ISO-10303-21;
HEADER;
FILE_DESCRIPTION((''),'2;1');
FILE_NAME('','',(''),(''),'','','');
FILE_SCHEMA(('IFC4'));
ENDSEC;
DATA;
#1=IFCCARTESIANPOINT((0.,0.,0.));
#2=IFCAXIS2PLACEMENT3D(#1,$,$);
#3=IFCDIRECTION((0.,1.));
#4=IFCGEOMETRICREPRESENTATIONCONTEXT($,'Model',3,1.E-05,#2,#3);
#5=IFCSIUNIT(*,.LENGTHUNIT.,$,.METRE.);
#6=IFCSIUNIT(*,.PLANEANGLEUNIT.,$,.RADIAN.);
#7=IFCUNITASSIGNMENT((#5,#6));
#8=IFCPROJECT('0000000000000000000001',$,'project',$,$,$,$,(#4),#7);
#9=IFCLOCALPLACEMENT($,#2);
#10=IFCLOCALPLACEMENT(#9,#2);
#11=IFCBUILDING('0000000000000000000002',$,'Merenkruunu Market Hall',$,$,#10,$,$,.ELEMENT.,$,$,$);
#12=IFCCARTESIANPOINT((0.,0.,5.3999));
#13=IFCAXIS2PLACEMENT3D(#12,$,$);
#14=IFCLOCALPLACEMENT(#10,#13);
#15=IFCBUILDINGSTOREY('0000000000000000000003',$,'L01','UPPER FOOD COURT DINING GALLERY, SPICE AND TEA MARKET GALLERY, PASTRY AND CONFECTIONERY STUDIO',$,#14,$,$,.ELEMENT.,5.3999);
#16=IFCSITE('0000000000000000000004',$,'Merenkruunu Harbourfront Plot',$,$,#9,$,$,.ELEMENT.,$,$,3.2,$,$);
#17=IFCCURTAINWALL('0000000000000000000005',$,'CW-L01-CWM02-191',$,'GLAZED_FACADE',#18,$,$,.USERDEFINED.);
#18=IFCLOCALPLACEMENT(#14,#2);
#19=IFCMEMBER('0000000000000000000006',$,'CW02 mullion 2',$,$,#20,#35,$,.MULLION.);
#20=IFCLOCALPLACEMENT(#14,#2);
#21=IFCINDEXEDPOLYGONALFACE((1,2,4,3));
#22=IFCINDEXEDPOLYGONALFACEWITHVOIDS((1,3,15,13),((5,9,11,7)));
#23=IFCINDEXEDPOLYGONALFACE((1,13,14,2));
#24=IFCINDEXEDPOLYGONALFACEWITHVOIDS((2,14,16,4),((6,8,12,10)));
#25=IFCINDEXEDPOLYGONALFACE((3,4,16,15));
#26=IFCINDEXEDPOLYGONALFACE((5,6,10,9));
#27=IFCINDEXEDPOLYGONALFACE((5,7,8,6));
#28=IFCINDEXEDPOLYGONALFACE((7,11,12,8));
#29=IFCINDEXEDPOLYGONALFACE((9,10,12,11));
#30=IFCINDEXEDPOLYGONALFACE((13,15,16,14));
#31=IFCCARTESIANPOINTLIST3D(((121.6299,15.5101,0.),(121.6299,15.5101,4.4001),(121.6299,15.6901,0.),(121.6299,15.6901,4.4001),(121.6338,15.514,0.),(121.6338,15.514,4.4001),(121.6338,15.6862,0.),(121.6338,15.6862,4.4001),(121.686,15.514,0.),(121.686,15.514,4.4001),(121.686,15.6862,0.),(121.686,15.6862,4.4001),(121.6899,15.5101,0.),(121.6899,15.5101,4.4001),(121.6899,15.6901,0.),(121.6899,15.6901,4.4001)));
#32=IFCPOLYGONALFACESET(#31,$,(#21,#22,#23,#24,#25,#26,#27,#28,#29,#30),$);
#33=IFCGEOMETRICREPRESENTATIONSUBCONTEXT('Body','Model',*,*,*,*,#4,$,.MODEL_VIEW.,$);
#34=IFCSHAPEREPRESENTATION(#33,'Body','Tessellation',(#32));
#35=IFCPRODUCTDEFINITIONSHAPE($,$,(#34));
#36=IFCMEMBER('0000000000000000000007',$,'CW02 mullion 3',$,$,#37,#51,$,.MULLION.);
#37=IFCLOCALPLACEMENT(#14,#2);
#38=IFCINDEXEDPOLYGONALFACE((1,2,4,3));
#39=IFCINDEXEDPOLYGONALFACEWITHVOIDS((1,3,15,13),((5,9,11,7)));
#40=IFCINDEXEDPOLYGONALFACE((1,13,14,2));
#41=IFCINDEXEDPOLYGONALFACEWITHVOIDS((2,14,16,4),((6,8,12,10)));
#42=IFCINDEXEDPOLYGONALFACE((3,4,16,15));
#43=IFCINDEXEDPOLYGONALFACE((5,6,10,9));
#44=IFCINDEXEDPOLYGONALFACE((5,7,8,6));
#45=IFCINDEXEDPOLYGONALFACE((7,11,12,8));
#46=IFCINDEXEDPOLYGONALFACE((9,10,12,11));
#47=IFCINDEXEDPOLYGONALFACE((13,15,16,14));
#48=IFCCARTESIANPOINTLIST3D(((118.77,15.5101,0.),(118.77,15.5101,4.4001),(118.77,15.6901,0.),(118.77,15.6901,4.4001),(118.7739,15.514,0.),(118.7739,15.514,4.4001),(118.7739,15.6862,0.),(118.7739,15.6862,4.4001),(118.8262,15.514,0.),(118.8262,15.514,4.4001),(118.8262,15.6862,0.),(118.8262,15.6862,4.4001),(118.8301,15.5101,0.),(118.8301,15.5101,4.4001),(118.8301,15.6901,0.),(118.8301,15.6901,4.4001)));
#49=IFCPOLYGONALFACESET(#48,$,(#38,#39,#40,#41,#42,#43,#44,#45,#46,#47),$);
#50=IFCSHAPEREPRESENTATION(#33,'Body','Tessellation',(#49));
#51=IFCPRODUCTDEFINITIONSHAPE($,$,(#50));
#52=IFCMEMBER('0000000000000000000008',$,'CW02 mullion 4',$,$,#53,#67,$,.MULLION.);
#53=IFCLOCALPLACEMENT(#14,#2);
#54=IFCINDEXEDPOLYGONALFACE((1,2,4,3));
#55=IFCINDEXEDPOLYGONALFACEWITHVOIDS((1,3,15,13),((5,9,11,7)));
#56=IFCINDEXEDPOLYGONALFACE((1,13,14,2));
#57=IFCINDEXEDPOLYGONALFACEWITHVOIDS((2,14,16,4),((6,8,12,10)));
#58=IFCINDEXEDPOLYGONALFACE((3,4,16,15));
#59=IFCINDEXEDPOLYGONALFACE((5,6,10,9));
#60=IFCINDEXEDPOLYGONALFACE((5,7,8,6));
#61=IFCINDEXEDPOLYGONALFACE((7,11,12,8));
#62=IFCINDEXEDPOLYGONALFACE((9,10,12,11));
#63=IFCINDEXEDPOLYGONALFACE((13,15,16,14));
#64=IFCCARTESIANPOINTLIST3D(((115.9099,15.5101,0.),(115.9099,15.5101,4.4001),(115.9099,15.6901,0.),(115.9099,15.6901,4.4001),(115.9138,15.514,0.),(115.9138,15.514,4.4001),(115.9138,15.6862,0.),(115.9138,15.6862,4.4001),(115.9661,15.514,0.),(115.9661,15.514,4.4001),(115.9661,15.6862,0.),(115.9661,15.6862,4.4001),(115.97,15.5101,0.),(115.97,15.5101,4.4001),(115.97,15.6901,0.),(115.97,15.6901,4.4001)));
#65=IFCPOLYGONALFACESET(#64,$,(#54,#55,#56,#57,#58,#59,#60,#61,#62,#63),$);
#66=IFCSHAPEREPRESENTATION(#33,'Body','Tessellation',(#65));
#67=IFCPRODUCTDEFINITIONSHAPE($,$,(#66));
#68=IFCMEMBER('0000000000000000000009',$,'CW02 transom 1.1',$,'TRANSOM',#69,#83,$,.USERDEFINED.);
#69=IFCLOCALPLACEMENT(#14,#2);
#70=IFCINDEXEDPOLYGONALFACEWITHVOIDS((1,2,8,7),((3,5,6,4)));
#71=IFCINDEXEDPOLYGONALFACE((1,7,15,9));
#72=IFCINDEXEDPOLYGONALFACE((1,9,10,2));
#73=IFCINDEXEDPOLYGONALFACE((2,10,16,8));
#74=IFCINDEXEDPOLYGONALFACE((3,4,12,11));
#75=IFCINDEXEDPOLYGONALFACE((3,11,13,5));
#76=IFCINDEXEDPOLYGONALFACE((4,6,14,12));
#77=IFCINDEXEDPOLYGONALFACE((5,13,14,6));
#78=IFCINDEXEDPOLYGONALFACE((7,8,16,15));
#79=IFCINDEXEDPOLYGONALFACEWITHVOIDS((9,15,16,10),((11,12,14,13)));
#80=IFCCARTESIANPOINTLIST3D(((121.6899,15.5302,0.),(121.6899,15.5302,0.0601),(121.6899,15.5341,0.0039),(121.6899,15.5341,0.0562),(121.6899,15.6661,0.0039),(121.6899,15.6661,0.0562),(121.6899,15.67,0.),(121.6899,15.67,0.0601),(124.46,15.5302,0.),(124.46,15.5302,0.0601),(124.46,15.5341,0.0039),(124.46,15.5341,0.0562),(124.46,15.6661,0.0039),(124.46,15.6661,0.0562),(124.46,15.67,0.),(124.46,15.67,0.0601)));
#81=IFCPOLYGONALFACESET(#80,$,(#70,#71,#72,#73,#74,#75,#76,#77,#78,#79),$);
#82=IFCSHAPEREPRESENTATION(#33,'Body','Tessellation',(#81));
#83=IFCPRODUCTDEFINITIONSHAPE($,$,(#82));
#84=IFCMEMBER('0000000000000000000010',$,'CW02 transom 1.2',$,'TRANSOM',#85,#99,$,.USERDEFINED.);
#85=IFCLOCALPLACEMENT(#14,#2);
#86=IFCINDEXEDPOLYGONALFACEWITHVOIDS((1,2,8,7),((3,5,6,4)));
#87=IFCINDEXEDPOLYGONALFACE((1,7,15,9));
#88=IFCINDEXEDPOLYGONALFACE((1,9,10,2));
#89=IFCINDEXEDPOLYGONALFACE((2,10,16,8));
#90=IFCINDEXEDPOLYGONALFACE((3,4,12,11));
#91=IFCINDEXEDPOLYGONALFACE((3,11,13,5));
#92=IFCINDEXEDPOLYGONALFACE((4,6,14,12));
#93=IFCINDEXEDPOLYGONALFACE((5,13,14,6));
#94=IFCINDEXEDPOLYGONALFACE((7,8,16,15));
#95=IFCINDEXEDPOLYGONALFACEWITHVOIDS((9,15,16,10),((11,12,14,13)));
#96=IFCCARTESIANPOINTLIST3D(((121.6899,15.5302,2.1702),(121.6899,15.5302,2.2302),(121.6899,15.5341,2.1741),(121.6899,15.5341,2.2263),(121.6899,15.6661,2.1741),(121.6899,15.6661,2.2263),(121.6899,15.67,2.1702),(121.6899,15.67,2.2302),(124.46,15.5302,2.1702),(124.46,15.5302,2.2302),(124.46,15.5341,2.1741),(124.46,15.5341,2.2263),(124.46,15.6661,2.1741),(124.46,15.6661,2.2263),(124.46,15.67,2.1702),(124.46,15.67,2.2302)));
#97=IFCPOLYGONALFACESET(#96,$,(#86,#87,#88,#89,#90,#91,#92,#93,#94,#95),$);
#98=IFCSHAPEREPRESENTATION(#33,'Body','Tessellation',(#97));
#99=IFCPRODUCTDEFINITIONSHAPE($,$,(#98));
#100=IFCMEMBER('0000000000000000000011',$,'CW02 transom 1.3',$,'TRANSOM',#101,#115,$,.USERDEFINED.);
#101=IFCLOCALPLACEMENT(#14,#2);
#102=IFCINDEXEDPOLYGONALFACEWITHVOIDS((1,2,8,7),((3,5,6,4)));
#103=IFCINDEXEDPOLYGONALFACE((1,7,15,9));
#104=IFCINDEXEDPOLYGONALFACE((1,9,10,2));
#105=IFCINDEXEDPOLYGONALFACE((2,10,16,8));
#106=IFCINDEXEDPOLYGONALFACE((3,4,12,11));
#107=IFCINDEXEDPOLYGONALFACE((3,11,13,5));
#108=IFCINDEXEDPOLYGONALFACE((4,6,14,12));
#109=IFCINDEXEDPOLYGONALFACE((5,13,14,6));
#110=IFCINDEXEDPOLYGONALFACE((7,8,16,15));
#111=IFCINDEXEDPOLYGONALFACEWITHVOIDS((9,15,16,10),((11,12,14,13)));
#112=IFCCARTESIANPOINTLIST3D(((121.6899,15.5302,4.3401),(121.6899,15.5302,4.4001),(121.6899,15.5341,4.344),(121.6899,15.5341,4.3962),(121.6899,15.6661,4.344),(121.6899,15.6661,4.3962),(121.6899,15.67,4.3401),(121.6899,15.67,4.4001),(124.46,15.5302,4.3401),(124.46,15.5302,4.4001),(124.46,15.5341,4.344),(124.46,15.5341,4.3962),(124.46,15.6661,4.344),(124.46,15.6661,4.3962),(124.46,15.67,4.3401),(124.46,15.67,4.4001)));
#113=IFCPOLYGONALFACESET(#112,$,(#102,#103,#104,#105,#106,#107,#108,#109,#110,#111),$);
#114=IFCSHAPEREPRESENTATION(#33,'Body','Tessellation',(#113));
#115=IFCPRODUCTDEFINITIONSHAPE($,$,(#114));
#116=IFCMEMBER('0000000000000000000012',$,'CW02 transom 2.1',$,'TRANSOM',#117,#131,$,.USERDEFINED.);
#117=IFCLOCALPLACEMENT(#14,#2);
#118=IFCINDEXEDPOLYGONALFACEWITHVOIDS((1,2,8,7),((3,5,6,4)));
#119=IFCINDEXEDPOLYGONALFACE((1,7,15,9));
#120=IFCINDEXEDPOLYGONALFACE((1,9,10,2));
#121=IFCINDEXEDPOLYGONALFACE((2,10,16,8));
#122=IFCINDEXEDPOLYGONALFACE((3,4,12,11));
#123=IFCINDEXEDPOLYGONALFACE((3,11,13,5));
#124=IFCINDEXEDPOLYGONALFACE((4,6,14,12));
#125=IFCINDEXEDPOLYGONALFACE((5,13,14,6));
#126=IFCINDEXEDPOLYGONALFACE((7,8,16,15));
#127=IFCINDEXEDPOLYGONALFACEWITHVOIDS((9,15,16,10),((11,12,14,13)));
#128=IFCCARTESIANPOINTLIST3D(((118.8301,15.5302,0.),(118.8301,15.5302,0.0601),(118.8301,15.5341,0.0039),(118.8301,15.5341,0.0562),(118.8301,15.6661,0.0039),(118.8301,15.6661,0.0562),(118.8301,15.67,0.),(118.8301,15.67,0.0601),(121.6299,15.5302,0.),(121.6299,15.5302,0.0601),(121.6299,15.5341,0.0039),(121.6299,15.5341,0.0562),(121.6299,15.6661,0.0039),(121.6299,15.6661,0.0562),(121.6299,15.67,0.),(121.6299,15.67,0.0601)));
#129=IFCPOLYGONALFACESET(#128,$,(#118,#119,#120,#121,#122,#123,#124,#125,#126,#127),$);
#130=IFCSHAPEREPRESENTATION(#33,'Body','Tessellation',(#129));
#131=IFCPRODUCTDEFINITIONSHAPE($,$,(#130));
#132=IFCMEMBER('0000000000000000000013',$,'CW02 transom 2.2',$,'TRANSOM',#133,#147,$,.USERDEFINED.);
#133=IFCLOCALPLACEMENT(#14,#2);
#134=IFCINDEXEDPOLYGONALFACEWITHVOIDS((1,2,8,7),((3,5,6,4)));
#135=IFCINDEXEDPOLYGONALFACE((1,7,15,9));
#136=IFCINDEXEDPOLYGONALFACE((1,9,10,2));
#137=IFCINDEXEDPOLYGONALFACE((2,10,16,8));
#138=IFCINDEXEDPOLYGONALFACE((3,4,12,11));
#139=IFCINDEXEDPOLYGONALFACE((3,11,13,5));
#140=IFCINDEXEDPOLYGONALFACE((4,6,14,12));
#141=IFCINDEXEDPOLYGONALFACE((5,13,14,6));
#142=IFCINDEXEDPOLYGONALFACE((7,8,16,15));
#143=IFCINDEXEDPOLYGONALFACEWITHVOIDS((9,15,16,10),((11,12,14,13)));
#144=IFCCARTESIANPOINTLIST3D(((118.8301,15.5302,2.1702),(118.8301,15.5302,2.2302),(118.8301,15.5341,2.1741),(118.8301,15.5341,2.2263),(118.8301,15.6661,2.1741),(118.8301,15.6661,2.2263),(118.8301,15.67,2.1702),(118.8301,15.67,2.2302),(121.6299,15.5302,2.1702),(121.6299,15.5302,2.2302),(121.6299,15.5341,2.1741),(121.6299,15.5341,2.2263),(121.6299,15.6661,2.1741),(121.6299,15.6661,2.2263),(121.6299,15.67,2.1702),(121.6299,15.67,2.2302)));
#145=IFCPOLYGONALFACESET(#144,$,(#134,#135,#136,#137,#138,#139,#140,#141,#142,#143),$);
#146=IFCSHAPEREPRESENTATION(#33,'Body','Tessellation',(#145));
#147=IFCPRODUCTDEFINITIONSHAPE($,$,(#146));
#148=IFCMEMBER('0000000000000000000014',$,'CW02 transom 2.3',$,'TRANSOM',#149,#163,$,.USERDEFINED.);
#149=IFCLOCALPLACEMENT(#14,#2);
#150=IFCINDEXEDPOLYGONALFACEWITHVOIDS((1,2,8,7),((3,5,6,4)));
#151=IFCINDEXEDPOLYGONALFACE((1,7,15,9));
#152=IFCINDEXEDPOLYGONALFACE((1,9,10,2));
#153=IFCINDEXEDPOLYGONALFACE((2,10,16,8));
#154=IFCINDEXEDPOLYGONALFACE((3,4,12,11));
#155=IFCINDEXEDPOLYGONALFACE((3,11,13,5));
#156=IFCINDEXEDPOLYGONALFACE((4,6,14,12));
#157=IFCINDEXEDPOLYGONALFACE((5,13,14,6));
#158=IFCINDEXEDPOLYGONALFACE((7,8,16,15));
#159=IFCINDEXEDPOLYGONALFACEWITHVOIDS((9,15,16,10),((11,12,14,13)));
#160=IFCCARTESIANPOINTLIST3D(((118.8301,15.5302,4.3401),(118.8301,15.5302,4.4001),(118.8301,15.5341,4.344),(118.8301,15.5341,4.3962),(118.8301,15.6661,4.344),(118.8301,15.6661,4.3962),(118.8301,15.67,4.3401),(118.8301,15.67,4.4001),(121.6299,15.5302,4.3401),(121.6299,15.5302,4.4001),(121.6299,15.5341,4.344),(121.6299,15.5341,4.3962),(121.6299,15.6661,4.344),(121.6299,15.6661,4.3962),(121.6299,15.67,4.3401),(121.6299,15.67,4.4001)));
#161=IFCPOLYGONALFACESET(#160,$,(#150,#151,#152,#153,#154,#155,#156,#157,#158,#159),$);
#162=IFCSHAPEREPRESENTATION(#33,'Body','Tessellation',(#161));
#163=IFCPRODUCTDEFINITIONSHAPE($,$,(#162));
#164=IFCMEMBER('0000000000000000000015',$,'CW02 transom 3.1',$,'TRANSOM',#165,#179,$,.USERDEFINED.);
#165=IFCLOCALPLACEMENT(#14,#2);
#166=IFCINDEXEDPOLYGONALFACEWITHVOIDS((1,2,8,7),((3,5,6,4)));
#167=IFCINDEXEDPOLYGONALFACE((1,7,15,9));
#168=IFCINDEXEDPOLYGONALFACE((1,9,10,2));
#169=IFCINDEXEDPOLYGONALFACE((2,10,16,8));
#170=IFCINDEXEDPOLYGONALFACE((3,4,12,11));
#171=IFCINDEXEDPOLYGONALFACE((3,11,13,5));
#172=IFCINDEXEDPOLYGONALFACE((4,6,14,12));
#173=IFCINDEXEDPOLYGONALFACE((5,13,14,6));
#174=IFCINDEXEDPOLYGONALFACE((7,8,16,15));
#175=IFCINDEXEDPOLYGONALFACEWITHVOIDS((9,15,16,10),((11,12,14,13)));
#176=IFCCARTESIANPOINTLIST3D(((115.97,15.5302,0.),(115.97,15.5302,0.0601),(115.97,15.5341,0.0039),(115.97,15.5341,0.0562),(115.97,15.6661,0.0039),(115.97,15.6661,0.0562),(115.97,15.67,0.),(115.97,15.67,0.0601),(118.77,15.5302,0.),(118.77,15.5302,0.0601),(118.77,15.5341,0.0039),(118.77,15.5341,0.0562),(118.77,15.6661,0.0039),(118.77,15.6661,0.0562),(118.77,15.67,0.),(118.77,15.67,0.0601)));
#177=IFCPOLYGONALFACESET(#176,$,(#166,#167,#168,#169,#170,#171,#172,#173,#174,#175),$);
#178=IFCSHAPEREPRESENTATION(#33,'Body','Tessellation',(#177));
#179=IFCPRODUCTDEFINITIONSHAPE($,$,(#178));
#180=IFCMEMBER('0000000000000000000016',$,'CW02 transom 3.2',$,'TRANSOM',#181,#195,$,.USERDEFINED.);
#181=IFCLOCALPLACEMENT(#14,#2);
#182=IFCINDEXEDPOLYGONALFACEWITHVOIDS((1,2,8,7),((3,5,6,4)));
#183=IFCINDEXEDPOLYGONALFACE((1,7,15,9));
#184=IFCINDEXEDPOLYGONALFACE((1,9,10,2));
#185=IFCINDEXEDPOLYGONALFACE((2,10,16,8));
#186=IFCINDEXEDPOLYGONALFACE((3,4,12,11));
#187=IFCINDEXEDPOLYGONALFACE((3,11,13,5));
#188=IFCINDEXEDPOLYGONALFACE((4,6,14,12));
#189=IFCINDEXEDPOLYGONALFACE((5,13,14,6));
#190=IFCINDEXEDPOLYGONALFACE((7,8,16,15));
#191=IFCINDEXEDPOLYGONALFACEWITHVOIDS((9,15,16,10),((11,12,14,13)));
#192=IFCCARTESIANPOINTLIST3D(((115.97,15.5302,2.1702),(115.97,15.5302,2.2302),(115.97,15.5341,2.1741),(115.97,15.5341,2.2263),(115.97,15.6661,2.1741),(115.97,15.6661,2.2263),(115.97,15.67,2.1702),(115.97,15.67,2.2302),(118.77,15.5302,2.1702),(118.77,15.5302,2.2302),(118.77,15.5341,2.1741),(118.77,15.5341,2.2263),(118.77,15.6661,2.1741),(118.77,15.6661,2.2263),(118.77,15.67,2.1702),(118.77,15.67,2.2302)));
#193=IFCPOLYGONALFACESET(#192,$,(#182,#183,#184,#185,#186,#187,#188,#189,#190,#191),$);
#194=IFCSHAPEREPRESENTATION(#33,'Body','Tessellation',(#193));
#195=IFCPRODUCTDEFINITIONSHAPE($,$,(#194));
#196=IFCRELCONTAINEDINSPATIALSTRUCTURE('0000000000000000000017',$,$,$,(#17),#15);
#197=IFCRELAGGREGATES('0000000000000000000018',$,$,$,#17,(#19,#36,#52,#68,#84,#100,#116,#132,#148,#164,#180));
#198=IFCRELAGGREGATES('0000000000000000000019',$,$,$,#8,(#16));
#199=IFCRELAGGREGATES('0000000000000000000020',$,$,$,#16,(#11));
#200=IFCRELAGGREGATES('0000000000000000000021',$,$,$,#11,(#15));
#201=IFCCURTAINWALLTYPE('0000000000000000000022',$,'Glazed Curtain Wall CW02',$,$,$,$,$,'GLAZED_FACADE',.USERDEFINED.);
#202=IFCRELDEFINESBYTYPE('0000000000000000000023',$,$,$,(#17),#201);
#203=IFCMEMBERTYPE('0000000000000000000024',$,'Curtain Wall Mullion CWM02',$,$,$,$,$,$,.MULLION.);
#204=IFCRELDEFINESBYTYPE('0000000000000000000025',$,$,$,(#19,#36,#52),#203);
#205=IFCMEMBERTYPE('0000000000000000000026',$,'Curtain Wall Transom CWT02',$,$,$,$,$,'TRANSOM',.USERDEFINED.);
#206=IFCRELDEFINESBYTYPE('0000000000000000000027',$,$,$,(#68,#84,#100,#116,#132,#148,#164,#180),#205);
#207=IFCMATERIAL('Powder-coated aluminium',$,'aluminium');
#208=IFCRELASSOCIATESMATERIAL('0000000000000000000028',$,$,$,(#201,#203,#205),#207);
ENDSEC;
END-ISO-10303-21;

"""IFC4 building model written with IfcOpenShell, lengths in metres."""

from ifc_helpers import new_model, si_unit, direction, frame, origin, origin_2d, place, context, subcontext, project, spatial, hollow_rectangle, extrude, material, material_profile, profile_set, type_object, element, aggregate, save


model = new_model("IFC4")

# Units and contexts
model_context = context("Model", 3, precision=1e-05, world=origin(), true_north=direction((0.0, 1.0)))
body_context = subcontext(model_context, "Body", "Model", "MODEL_VIEW")
ifc_project = project(units=[si_unit("LENGTHUNIT", "METRE"), si_unit("PLANEANGLEUNIT", "RADIAN")], contexts=[model_context])

# Site, building, storey
site_placement = place(None, origin())
site = spatial("IfcSite", under=ifc_project, at=site_placement, Name="Merenkruunu Harbourfront Plot", CompositionType="ELEMENT", RefElevation=3.2)
building_placement = place(site_placement, origin())
building = spatial("IfcBuilding", under=site, at=building_placement, Name="Merenkruunu Market Hall", CompositionType="ELEMENT")
storey_placement = place(building_placement, frame((0.0, 0.0, 5.3999)))
storey = spatial("IfcBuildingStorey", under=building, at=storey_placement, Name="L01", Description="UPPER FOOD COURT DINING GALLERY, SPICE AND TEA MARKET GALLERY, PASTRY AND CONFECTIONERY STUDIO", CompositionType="ELEMENT", Elevation=5.3999)

# Curtain wall, members
ifc_material_1 = material(Name="Powder-coated aluminium", Category="aluminium")
curtain_wall_type = type_object("IfcCurtainWallType", Name="Glazed Curtain Wall CW02", ElementType="GLAZED_FACADE", PredefinedType="USERDEFINED", material=ifc_material_1)
curtain_wall_placement = place(storey_placement, origin())
curtain_wall = element("IfcCurtainWall", 1, at=curtain_wall_placement, inside=storey, type_object=curtain_wall_type, Name="CW-L01-CWM02-191", ObjectType="GLAZED_FACADE", PredefinedType="USERDEFINED")
ifc_material_profile_1 = material_profile(ifc_material_1, hollow_rectangle(XDim=0.0601, YDim=0.1799, WallThickness=0.0039, at=origin_2d()), Name="ALU 60x180x4")
ifc_profile_set_1 = profile_set([ifc_material_profile_1], Name="Powder-coated aluminium")
member_type_1 = type_object("IfcMemberType", Name="Curtain Wall Mullion CWM02", PredefinedType="MULLION", material=ifc_profile_set_1)
member_1_placement = place(storey_placement, frame((121.6599, 15.6001, 0.0), z_axis=(0.0, 0.0, 1.0), x_axis=(-1.0, 0.0, 0.0)))
member_1 = element("IfcMember", 2, at=member_1_placement, type_object=member_type_1, Name="CW02 mullion 2", PredefinedType="MULLION", context=body_context, shape_type="SweptSolid", body=[
    extrude(hollow_rectangle(XDim=0.0601, YDim=0.1799, WallThickness=0.0039, at=origin_2d()), origin(), (0.0, 0.0, 1.0), 4.4001),
])
member_2_placement = place(storey_placement, frame((118.8, 15.6001, 0.0), z_axis=(0.0, 0.0, 1.0), x_axis=(-1.0, 0.0, 0.0)))
member_2 = element("IfcMember", 3, at=member_2_placement, type_object=member_type_1, Name="CW02 mullion 3", PredefinedType="MULLION", context=body_context, shape_type="SweptSolid", body=[
    extrude(hollow_rectangle(XDim=0.0601, YDim=0.1799, WallThickness=0.0039, at=origin_2d()), origin(), (0.0, 0.0, 1.0), 4.4001),
])
member_3_placement = place(storey_placement, frame((115.9399, 15.6001, 0.0), z_axis=(0.0, 0.0, 1.0), x_axis=(-1.0, 0.0, 0.0)))
member_3 = element("IfcMember", 4, at=member_3_placement, type_object=member_type_1, Name="CW02 mullion 4", PredefinedType="MULLION", context=body_context, shape_type="SweptSolid", body=[
    extrude(hollow_rectangle(XDim=0.0601, YDim=0.1799, WallThickness=0.0039, at=origin_2d()), origin(), (0.0, 0.0, 1.0), 4.4001),
])
ifc_material_profile_2 = material_profile(ifc_material_1, hollow_rectangle(XDim=0.0601, YDim=0.1399, WallThickness=0.0039, at=origin_2d()), Name="ALU 60x140x4")
ifc_profile_set_2 = profile_set([ifc_material_profile_2], Name="Powder-coated aluminium")
member_type_2 = type_object("IfcMemberType", Name="Curtain Wall Transom CWT02", ElementType="TRANSOM", PredefinedType="USERDEFINED", material=ifc_profile_set_2)
member_4_placement = place(storey_placement, frame((124.46, 15.6001, 0.03), z_axis=(-1.0, 0.0, 0.0), x_axis=(0.0, 0.0, 1.0)))
member_4 = element("IfcMember", 5, at=member_4_placement, type_object=member_type_2, Name="CW02 transom 1.1", ObjectType="TRANSOM", PredefinedType="USERDEFINED", context=body_context, shape_type="SweptSolid", body=[
    extrude(hollow_rectangle(XDim=0.0601, YDim=0.1399, WallThickness=0.0039, at=origin_2d()), origin(), (0.0, 0.0, 1.0), 2.77),
])
member_5_placement = place(storey_placement, frame((124.46, 15.6001, 2.2002), z_axis=(-1.0, 0.0, 0.0), x_axis=(0.0, 0.0, 1.0)))
member_5 = element("IfcMember", 6, at=member_5_placement, type_object=member_type_2, Name="CW02 transom 1.2", ObjectType="TRANSOM", PredefinedType="USERDEFINED", context=body_context, shape_type="SweptSolid", body=[
    extrude(hollow_rectangle(XDim=0.0601, YDim=0.1399, WallThickness=0.0039, at=origin_2d()), origin(), (0.0, 0.0, 1.0), 2.77),
])
member_6_placement = place(storey_placement, frame((124.46, 15.6001, 4.3701), z_axis=(-1.0, 0.0, 0.0), x_axis=(0.0, 0.0, 1.0)))
member_6 = element("IfcMember", 7, at=member_6_placement, type_object=member_type_2, Name="CW02 transom 1.3", ObjectType="TRANSOM", PredefinedType="USERDEFINED", context=body_context, shape_type="SweptSolid", body=[
    extrude(hollow_rectangle(XDim=0.0601, YDim=0.1399, WallThickness=0.0039, at=origin_2d()), origin(), (0.0, 0.0, 1.0), 2.77),
])
member_7_placement = place(storey_placement, frame((121.6299, 15.6001, 0.03), z_axis=(-1.0, 0.0, 0.0), x_axis=(0.0, 0.0, 1.0)))
member_7 = element("IfcMember", 8, at=member_7_placement, type_object=member_type_2, Name="CW02 transom 2.1", ObjectType="TRANSOM", PredefinedType="USERDEFINED", context=body_context, shape_type="SweptSolid", body=[
    extrude(hollow_rectangle(XDim=0.0601, YDim=0.1399, WallThickness=0.0039, at=origin_2d()), origin(), (0.0, 0.0, 1.0), 2.7998),
])
member_8_placement = place(storey_placement, frame((121.6299, 15.6001, 2.2002), z_axis=(-1.0, 0.0, 0.0), x_axis=(0.0, 0.0, 1.0)))
member_8 = element("IfcMember", 9, at=member_8_placement, type_object=member_type_2, Name="CW02 transom 2.2", ObjectType="TRANSOM", PredefinedType="USERDEFINED", context=body_context, shape_type="SweptSolid", body=[
    extrude(hollow_rectangle(XDim=0.0601, YDim=0.1399, WallThickness=0.0039, at=origin_2d()), origin(), (0.0, 0.0, 1.0), 2.7998),
])
member_9_placement = place(storey_placement, frame((121.6299, 15.6001, 4.3701), z_axis=(-1.0, 0.0, 0.0), x_axis=(0.0, 0.0, 1.0)))
member_9 = element("IfcMember", 10, at=member_9_placement, type_object=member_type_2, Name="CW02 transom 2.3", ObjectType="TRANSOM", PredefinedType="USERDEFINED", context=body_context, shape_type="SweptSolid", body=[
    extrude(hollow_rectangle(XDim=0.0601, YDim=0.1399, WallThickness=0.0039, at=origin_2d()), origin(), (0.0, 0.0, 1.0), 2.7998),
])
member_10_placement = place(storey_placement, frame((118.77, 15.6001, 0.03), z_axis=(-1.0, 0.0, 0.0), x_axis=(0.0, 0.0, 1.0)))
member_10 = element("IfcMember", 11, at=member_10_placement, type_object=member_type_2, Name="CW02 transom 3.1", ObjectType="TRANSOM", PredefinedType="USERDEFINED", context=body_context, shape_type="SweptSolid", body=[
    extrude(hollow_rectangle(XDim=0.0601, YDim=0.1399, WallThickness=0.0039, at=origin_2d()), origin(), (0.0, 0.0, 1.0), 2.8),
])
member_11_placement = place(storey_placement, frame((118.77, 15.6001, 2.2002), z_axis=(-1.0, 0.0, 0.0), x_axis=(0.0, 0.0, 1.0)))
member_11 = element("IfcMember", 12, at=member_11_placement, type_object=member_type_2, Name="CW02 transom 3.2", ObjectType="TRANSOM", PredefinedType="USERDEFINED", context=body_context, shape_type="SweptSolid", body=[
    extrude(hollow_rectangle(XDim=0.0601, YDim=0.1399, WallThickness=0.0039, at=origin_2d()), origin(), (0.0, 0.0, 1.0), 2.8),
])

aggregate(curtain_wall, [member_1, member_2, member_3, member_4, member_5, member_6, member_7, member_8, member_9, member_10, member_11])

save(model, "model.ifc")
